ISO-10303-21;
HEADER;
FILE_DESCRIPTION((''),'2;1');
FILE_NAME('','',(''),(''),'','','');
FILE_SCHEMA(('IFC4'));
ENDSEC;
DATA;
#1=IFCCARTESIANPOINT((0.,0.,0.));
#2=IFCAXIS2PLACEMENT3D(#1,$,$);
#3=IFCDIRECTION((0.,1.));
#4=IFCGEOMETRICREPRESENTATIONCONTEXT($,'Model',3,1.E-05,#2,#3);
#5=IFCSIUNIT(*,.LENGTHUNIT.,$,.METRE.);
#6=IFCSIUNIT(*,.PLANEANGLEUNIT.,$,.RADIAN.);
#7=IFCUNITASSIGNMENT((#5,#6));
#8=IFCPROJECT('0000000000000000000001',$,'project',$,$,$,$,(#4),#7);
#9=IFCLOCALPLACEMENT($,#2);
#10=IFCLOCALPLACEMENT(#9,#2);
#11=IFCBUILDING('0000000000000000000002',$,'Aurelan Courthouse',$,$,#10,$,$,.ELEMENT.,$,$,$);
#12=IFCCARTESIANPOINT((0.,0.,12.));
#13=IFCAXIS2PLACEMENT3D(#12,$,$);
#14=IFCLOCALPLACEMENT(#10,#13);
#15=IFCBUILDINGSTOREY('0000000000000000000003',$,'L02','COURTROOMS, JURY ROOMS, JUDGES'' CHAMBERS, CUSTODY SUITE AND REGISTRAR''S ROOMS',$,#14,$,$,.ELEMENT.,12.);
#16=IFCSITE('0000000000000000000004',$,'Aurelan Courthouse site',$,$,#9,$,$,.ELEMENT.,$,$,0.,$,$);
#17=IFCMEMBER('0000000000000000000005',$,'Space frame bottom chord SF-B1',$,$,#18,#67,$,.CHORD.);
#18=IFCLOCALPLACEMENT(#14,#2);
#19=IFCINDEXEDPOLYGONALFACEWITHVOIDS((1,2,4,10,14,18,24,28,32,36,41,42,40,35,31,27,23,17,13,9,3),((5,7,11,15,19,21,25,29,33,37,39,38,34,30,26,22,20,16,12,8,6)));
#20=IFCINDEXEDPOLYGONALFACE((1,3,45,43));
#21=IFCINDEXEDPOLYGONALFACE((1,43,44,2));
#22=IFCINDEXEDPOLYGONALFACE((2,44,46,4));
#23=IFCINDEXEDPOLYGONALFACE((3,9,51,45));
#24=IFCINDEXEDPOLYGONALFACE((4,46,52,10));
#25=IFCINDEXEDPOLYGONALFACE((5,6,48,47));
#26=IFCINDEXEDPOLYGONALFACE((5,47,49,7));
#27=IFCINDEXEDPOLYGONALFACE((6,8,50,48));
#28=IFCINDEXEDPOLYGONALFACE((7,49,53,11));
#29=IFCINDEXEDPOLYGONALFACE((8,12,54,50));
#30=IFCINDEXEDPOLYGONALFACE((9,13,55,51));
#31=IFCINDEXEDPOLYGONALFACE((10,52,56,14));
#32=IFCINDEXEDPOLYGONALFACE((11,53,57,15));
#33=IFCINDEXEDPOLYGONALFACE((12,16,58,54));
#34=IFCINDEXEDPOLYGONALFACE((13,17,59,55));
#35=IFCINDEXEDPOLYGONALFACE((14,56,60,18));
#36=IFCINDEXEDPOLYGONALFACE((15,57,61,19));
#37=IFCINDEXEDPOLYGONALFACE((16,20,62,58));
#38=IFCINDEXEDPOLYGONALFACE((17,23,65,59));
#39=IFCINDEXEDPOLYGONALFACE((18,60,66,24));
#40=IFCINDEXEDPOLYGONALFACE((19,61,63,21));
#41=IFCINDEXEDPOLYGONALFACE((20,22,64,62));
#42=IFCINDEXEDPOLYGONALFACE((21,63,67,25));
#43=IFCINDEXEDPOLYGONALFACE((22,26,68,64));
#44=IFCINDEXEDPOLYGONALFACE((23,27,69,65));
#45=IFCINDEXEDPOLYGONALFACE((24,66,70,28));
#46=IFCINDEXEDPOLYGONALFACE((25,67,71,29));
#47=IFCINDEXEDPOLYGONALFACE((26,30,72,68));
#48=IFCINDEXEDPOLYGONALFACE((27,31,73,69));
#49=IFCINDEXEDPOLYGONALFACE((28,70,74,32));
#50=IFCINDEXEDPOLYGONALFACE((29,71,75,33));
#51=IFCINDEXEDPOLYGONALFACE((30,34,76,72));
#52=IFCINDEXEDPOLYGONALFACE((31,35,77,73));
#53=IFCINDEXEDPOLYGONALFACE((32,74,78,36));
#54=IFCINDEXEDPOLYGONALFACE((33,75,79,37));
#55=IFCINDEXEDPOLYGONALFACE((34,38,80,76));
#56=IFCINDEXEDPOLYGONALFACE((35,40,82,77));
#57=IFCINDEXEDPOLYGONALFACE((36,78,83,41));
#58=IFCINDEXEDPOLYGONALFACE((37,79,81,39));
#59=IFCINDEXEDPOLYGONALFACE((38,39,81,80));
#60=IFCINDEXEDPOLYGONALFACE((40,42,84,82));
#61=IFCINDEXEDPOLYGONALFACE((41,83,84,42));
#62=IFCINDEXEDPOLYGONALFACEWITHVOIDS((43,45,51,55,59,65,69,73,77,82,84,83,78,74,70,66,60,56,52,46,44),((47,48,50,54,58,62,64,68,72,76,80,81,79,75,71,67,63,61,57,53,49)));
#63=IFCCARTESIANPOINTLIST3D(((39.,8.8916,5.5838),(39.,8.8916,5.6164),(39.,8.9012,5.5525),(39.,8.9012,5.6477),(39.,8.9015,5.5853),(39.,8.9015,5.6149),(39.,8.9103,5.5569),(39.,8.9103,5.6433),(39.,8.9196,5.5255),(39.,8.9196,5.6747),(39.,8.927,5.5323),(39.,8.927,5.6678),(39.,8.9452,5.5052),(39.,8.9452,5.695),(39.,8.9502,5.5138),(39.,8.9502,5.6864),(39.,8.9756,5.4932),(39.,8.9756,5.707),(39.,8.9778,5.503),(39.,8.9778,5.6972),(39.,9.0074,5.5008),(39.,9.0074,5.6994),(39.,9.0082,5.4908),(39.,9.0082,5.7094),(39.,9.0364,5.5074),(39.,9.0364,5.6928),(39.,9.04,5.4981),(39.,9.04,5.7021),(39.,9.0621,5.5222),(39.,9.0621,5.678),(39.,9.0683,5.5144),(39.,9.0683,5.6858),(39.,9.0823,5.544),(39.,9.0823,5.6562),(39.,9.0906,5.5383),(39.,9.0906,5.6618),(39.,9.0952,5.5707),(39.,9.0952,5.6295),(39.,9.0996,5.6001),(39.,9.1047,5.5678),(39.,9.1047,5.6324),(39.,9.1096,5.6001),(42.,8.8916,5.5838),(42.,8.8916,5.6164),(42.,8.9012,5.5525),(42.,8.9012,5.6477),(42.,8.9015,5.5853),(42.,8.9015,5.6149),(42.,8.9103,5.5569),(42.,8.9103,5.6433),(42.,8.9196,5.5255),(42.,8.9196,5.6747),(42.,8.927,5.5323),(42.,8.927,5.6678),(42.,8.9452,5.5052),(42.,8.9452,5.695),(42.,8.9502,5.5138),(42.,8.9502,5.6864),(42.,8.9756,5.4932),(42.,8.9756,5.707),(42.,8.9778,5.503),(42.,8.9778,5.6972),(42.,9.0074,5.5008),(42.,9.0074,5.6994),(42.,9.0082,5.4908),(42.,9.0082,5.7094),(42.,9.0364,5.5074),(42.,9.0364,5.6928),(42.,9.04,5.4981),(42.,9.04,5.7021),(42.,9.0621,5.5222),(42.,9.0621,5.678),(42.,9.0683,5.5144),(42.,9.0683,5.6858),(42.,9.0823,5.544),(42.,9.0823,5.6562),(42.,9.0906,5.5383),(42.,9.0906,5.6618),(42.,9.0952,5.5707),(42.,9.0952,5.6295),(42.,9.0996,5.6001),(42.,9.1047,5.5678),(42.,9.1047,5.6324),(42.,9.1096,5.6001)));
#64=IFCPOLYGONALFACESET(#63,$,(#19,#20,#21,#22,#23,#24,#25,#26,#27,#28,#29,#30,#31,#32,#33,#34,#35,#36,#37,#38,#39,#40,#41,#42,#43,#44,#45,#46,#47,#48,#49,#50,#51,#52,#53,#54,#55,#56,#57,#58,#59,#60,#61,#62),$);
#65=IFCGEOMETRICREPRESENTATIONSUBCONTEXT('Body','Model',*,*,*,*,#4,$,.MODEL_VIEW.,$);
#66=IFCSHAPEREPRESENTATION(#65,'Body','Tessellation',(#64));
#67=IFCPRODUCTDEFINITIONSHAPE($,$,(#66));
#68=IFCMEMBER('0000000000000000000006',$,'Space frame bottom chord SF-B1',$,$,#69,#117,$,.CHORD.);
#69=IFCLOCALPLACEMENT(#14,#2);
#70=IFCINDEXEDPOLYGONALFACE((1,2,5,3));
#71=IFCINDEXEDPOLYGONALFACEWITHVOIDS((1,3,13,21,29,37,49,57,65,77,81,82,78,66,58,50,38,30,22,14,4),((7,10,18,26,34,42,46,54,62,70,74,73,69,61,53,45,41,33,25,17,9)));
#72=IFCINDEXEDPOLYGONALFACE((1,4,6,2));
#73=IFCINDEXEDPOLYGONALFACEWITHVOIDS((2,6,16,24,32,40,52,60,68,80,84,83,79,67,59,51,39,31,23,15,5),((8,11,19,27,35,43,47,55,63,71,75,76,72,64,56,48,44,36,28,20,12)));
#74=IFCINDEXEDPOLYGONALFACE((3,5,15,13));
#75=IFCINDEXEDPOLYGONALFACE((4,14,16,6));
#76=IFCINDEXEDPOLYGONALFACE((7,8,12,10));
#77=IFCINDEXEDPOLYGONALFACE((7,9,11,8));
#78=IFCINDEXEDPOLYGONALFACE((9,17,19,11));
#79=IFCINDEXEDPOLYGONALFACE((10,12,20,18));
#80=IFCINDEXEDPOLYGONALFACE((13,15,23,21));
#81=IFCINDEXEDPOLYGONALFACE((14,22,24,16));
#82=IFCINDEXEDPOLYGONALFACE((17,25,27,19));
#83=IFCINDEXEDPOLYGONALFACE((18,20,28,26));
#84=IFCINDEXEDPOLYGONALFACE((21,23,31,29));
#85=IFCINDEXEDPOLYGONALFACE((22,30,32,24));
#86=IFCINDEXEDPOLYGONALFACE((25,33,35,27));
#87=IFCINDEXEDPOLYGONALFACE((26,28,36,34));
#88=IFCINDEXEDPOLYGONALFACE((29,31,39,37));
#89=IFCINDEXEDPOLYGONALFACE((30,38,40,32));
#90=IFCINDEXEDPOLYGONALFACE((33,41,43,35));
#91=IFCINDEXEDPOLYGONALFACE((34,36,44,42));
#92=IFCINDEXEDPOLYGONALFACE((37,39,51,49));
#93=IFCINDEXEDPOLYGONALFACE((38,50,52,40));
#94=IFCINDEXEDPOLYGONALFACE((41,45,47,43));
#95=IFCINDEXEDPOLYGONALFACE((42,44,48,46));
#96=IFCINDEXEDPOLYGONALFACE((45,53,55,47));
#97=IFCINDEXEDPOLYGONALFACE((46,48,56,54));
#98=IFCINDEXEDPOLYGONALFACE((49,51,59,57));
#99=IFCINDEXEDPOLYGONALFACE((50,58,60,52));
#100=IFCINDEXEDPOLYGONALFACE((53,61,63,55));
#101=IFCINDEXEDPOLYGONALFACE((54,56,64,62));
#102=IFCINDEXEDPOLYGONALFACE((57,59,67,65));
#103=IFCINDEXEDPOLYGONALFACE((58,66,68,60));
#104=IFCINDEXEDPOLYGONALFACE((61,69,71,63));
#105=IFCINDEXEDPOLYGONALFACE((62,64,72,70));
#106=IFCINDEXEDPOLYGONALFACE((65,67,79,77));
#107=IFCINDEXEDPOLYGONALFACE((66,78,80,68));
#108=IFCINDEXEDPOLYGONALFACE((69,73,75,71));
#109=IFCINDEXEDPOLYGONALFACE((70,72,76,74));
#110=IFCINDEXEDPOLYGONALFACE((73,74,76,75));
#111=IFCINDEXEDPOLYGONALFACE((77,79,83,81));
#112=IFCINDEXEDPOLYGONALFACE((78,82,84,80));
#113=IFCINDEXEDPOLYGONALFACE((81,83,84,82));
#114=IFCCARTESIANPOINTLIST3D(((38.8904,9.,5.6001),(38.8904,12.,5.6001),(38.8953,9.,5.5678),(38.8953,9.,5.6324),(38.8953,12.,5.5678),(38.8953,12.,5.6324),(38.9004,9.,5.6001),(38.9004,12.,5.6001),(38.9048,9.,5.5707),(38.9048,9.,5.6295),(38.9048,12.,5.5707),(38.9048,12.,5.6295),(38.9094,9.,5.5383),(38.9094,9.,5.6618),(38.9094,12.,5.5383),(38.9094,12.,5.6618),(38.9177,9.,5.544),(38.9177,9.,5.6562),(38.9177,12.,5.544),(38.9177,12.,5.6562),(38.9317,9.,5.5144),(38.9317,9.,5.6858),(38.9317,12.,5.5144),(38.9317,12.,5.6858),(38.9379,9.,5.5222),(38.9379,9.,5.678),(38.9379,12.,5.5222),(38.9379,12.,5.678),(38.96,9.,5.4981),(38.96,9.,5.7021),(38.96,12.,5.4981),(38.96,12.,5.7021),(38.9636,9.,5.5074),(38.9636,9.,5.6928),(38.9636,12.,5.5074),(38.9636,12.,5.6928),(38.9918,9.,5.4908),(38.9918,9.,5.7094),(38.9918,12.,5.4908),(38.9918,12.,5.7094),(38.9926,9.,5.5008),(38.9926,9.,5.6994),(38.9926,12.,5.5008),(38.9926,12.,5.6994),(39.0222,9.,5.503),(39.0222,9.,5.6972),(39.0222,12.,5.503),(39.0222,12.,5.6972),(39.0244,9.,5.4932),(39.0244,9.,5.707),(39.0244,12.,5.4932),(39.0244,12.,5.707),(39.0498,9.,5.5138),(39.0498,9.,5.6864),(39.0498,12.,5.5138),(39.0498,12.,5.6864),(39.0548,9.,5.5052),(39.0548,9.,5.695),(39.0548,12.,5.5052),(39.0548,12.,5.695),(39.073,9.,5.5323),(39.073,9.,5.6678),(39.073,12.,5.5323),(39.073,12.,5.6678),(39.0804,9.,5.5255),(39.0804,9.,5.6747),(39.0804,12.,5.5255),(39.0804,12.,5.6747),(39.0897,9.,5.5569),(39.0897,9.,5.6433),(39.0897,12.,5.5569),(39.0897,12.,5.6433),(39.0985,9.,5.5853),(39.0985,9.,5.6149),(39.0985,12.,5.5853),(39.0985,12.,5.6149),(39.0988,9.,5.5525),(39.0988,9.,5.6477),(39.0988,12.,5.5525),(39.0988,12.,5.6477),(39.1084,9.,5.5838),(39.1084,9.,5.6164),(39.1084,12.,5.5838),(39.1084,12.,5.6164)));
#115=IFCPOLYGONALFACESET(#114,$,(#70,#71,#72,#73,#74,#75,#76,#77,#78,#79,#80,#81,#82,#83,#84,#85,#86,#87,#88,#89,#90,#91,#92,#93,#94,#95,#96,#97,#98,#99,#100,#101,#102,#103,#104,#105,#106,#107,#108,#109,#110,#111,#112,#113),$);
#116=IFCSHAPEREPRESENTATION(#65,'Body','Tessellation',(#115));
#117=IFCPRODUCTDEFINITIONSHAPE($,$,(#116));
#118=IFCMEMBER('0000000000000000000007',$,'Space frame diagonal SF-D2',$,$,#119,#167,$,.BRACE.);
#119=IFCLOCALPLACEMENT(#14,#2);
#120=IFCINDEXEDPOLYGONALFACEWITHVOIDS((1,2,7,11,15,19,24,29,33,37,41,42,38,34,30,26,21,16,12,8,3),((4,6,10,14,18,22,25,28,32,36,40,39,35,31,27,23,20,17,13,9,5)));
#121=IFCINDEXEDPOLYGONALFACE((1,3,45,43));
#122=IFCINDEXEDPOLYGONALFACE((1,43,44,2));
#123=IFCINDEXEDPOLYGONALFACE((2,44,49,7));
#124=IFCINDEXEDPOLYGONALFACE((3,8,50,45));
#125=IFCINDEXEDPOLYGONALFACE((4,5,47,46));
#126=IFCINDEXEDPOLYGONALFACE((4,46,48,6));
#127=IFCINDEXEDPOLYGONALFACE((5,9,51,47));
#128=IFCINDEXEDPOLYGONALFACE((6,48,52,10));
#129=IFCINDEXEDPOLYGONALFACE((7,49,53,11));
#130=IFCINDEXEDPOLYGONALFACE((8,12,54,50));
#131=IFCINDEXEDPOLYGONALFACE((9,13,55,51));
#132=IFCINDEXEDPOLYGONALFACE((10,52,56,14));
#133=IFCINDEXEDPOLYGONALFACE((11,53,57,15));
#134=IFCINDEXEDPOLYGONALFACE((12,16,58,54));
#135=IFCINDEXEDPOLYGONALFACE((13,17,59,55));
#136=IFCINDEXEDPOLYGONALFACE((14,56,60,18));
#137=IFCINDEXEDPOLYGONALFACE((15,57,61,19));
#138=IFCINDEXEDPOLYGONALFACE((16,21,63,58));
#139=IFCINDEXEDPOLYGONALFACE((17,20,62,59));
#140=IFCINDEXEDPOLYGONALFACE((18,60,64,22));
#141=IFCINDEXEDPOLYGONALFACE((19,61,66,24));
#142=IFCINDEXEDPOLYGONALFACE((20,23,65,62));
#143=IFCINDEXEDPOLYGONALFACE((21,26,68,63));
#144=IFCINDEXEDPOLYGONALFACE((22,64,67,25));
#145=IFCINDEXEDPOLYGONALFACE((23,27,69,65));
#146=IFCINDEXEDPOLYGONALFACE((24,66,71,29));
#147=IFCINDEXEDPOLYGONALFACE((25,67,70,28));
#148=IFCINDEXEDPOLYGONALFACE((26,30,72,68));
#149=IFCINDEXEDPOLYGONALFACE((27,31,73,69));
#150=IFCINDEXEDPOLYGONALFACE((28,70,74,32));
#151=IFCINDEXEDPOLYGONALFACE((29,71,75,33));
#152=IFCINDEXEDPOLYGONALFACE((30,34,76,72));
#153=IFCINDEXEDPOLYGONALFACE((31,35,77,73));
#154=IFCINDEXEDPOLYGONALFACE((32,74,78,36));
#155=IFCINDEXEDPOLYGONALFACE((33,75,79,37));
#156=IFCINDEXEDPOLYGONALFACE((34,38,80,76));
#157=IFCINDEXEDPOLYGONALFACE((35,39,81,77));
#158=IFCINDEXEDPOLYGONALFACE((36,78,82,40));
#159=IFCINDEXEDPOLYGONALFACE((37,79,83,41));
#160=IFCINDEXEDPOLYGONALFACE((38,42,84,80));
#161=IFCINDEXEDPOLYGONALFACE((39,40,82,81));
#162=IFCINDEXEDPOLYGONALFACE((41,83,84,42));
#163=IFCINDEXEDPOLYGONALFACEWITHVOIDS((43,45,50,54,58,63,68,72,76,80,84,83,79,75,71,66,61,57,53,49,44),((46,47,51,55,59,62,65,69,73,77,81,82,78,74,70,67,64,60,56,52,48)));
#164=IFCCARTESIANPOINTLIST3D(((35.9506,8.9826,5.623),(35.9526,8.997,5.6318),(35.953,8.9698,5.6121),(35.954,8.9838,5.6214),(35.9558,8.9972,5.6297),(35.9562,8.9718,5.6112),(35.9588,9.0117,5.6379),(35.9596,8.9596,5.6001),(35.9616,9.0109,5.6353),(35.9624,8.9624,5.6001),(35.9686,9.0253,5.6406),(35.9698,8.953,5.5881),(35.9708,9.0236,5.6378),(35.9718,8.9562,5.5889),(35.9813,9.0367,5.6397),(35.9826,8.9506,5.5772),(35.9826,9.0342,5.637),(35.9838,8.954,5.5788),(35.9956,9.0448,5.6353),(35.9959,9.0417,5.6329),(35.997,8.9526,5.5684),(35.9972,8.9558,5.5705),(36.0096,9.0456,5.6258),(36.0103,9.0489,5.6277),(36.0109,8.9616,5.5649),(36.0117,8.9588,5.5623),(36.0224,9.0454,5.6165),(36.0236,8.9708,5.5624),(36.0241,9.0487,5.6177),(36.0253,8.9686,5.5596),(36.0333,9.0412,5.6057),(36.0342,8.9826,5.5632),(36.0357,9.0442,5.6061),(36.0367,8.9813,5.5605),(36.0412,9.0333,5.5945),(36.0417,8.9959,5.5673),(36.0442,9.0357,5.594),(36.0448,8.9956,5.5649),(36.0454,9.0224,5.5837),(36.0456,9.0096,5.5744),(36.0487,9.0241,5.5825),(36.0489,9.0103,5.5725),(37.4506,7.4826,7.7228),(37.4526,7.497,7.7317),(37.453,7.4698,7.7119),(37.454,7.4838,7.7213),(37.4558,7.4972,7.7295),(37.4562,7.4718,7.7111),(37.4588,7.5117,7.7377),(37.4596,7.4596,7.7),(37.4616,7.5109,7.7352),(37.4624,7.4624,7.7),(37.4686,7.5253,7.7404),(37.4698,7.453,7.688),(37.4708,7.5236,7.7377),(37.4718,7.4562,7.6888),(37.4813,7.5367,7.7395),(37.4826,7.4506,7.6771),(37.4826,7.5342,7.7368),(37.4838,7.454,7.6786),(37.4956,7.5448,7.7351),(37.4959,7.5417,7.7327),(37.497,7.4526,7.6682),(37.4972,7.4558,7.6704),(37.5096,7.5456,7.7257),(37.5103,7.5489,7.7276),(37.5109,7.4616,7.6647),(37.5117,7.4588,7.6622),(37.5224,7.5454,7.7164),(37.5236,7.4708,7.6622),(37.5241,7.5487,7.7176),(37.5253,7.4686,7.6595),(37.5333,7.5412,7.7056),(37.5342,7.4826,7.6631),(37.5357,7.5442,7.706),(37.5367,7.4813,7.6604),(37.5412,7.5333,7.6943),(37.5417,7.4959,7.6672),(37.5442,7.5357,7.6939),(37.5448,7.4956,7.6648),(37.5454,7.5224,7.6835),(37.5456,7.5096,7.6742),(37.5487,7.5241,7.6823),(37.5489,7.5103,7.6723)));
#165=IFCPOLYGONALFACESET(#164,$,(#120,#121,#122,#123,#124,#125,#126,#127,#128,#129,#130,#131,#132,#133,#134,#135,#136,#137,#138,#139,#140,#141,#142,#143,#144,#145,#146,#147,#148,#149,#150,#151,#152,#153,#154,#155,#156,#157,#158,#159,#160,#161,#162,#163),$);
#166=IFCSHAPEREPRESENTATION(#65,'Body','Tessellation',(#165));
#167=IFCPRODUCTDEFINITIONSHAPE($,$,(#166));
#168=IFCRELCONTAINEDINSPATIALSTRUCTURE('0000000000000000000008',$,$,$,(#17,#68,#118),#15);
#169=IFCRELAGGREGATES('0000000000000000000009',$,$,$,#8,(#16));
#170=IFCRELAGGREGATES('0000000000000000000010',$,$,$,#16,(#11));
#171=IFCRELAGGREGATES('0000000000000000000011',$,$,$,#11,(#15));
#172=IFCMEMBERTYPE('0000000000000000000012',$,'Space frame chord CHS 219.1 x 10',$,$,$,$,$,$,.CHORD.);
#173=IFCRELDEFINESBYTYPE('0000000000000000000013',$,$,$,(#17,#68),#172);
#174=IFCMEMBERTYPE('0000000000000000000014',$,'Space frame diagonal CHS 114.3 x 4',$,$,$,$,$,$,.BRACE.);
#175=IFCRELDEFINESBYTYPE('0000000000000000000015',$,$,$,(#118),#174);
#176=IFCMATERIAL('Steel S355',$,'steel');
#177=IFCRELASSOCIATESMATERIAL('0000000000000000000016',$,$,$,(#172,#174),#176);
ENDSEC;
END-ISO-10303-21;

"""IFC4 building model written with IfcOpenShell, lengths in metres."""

from ifc_helpers import new_model, si_unit, direction, frame, origin, origin_2d, place, context, subcontext, project, spatial, hollow_circle, extrude, material, material_profile, profile_set, type_object, element, save


model = new_model("IFC4")

# Units and contexts
model_context = context("Model", 3, precision=1e-05, world=origin(), true_north=direction((0.0, 1.0)))
body_context = subcontext(model_context, "Body", "Model", "MODEL_VIEW")
ifc_project = project(units=[si_unit("LENGTHUNIT", "METRE"), si_unit("PLANEANGLEUNIT", "RADIAN")], contexts=[model_context])

# Site, building, storey
site_placement = place(None, origin())
site = spatial("IfcSite", under=ifc_project, at=site_placement, Name="Aurelan Courthouse site", CompositionType="ELEMENT", RefElevation=0.0)
building_placement = place(site_placement, origin())
building = spatial("IfcBuilding", under=site, at=building_placement, Name="Aurelan Courthouse", CompositionType="ELEMENT")
storey_placement = place(building_placement, frame((0.0, 0.0, 12.0)))
storey = spatial("IfcBuildingStorey", under=building, at=storey_placement, Name="L02", Description="COURTROOMS, JURY ROOMS, JUDGES' CHAMBERS, CUSTODY SUITE AND REGISTRAR'S ROOMS", CompositionType="ELEMENT", Elevation=12.0)

# Members
ifc_material_1 = material(Name="Steel S355", Category="steel")
ifc_material_profile_1 = material_profile(ifc_material_1, hollow_circle(Radius=0.1096, WallThickness=0.01, at=origin_2d()), Name="CHS 219.1 x 10")
ifc_profile_set_1 = profile_set([ifc_material_profile_1], Name="Steel S355")
member_type_1 = type_object("IfcMemberType", Name="Space frame chord CHS 219.1 x 10", PredefinedType="CHORD", material=ifc_profile_set_1)
for number, where, z_axis, x_axis, name in (
    (1, (39.0, 9.0, 5.6001), (1.0, 0.0, 0.0), (0.0, 1.0, 0.0), "Space frame bottom chord SF-B1"),
    (2, (39.0, 9.0, 5.6001), (0.0, 1.0, 0.0), (-1.0, 0.0, 0.0), "Space frame bottom chord SF-B1"),
):
    element("IfcMember", number, at=place(storey_placement, frame(where, z_axis=z_axis, x_axis=x_axis)), inside=storey, type_object=member_type_1, Name=name, PredefinedType="CHORD", context=body_context, shape_type="SweptSolid", body=[
        extrude(hollow_circle(Radius=0.1096, WallThickness=0.01, at=origin_2d()), origin(), (0.0, 0.0, 1.0), 3.0),
    ])
ifc_material_profile_2 = material_profile(ifc_material_1, hollow_circle(Radius=0.0571, WallThickness=0.0039, at=origin_2d()), Name="CHS 114.3 x 4")
ifc_profile_set_2 = profile_set([ifc_material_profile_2], Name="Steel S355")
member_type_2 = type_object("IfcMemberType", Name="Space frame diagonal CHS 114.3 x 4", PredefinedType="BRACE", material=ifc_profile_set_2)
for number, where, z_axis, x_axis, name in (
    (3, (37.5, 7.5, 7.7), (-0.502536, 0.502536, -0.703502), (-0.707107, -0.707107, 0.0), "Space frame diagonal SF-D2"),
):
    element("IfcMember", number, at=place(storey_placement, frame(where, z_axis=z_axis, x_axis=x_axis)), inside=storey, type_object=member_type_2, Name=name, PredefinedType="BRACE", context=body_context, shape_type="SweptSolid", body=[
        extrude(hollow_circle(Radius=0.0571, WallThickness=0.0039, at=origin_2d()), origin(), (0.0, 0.0, 1.0), 2.9849),
    ])

save(model, "model.ifc")
